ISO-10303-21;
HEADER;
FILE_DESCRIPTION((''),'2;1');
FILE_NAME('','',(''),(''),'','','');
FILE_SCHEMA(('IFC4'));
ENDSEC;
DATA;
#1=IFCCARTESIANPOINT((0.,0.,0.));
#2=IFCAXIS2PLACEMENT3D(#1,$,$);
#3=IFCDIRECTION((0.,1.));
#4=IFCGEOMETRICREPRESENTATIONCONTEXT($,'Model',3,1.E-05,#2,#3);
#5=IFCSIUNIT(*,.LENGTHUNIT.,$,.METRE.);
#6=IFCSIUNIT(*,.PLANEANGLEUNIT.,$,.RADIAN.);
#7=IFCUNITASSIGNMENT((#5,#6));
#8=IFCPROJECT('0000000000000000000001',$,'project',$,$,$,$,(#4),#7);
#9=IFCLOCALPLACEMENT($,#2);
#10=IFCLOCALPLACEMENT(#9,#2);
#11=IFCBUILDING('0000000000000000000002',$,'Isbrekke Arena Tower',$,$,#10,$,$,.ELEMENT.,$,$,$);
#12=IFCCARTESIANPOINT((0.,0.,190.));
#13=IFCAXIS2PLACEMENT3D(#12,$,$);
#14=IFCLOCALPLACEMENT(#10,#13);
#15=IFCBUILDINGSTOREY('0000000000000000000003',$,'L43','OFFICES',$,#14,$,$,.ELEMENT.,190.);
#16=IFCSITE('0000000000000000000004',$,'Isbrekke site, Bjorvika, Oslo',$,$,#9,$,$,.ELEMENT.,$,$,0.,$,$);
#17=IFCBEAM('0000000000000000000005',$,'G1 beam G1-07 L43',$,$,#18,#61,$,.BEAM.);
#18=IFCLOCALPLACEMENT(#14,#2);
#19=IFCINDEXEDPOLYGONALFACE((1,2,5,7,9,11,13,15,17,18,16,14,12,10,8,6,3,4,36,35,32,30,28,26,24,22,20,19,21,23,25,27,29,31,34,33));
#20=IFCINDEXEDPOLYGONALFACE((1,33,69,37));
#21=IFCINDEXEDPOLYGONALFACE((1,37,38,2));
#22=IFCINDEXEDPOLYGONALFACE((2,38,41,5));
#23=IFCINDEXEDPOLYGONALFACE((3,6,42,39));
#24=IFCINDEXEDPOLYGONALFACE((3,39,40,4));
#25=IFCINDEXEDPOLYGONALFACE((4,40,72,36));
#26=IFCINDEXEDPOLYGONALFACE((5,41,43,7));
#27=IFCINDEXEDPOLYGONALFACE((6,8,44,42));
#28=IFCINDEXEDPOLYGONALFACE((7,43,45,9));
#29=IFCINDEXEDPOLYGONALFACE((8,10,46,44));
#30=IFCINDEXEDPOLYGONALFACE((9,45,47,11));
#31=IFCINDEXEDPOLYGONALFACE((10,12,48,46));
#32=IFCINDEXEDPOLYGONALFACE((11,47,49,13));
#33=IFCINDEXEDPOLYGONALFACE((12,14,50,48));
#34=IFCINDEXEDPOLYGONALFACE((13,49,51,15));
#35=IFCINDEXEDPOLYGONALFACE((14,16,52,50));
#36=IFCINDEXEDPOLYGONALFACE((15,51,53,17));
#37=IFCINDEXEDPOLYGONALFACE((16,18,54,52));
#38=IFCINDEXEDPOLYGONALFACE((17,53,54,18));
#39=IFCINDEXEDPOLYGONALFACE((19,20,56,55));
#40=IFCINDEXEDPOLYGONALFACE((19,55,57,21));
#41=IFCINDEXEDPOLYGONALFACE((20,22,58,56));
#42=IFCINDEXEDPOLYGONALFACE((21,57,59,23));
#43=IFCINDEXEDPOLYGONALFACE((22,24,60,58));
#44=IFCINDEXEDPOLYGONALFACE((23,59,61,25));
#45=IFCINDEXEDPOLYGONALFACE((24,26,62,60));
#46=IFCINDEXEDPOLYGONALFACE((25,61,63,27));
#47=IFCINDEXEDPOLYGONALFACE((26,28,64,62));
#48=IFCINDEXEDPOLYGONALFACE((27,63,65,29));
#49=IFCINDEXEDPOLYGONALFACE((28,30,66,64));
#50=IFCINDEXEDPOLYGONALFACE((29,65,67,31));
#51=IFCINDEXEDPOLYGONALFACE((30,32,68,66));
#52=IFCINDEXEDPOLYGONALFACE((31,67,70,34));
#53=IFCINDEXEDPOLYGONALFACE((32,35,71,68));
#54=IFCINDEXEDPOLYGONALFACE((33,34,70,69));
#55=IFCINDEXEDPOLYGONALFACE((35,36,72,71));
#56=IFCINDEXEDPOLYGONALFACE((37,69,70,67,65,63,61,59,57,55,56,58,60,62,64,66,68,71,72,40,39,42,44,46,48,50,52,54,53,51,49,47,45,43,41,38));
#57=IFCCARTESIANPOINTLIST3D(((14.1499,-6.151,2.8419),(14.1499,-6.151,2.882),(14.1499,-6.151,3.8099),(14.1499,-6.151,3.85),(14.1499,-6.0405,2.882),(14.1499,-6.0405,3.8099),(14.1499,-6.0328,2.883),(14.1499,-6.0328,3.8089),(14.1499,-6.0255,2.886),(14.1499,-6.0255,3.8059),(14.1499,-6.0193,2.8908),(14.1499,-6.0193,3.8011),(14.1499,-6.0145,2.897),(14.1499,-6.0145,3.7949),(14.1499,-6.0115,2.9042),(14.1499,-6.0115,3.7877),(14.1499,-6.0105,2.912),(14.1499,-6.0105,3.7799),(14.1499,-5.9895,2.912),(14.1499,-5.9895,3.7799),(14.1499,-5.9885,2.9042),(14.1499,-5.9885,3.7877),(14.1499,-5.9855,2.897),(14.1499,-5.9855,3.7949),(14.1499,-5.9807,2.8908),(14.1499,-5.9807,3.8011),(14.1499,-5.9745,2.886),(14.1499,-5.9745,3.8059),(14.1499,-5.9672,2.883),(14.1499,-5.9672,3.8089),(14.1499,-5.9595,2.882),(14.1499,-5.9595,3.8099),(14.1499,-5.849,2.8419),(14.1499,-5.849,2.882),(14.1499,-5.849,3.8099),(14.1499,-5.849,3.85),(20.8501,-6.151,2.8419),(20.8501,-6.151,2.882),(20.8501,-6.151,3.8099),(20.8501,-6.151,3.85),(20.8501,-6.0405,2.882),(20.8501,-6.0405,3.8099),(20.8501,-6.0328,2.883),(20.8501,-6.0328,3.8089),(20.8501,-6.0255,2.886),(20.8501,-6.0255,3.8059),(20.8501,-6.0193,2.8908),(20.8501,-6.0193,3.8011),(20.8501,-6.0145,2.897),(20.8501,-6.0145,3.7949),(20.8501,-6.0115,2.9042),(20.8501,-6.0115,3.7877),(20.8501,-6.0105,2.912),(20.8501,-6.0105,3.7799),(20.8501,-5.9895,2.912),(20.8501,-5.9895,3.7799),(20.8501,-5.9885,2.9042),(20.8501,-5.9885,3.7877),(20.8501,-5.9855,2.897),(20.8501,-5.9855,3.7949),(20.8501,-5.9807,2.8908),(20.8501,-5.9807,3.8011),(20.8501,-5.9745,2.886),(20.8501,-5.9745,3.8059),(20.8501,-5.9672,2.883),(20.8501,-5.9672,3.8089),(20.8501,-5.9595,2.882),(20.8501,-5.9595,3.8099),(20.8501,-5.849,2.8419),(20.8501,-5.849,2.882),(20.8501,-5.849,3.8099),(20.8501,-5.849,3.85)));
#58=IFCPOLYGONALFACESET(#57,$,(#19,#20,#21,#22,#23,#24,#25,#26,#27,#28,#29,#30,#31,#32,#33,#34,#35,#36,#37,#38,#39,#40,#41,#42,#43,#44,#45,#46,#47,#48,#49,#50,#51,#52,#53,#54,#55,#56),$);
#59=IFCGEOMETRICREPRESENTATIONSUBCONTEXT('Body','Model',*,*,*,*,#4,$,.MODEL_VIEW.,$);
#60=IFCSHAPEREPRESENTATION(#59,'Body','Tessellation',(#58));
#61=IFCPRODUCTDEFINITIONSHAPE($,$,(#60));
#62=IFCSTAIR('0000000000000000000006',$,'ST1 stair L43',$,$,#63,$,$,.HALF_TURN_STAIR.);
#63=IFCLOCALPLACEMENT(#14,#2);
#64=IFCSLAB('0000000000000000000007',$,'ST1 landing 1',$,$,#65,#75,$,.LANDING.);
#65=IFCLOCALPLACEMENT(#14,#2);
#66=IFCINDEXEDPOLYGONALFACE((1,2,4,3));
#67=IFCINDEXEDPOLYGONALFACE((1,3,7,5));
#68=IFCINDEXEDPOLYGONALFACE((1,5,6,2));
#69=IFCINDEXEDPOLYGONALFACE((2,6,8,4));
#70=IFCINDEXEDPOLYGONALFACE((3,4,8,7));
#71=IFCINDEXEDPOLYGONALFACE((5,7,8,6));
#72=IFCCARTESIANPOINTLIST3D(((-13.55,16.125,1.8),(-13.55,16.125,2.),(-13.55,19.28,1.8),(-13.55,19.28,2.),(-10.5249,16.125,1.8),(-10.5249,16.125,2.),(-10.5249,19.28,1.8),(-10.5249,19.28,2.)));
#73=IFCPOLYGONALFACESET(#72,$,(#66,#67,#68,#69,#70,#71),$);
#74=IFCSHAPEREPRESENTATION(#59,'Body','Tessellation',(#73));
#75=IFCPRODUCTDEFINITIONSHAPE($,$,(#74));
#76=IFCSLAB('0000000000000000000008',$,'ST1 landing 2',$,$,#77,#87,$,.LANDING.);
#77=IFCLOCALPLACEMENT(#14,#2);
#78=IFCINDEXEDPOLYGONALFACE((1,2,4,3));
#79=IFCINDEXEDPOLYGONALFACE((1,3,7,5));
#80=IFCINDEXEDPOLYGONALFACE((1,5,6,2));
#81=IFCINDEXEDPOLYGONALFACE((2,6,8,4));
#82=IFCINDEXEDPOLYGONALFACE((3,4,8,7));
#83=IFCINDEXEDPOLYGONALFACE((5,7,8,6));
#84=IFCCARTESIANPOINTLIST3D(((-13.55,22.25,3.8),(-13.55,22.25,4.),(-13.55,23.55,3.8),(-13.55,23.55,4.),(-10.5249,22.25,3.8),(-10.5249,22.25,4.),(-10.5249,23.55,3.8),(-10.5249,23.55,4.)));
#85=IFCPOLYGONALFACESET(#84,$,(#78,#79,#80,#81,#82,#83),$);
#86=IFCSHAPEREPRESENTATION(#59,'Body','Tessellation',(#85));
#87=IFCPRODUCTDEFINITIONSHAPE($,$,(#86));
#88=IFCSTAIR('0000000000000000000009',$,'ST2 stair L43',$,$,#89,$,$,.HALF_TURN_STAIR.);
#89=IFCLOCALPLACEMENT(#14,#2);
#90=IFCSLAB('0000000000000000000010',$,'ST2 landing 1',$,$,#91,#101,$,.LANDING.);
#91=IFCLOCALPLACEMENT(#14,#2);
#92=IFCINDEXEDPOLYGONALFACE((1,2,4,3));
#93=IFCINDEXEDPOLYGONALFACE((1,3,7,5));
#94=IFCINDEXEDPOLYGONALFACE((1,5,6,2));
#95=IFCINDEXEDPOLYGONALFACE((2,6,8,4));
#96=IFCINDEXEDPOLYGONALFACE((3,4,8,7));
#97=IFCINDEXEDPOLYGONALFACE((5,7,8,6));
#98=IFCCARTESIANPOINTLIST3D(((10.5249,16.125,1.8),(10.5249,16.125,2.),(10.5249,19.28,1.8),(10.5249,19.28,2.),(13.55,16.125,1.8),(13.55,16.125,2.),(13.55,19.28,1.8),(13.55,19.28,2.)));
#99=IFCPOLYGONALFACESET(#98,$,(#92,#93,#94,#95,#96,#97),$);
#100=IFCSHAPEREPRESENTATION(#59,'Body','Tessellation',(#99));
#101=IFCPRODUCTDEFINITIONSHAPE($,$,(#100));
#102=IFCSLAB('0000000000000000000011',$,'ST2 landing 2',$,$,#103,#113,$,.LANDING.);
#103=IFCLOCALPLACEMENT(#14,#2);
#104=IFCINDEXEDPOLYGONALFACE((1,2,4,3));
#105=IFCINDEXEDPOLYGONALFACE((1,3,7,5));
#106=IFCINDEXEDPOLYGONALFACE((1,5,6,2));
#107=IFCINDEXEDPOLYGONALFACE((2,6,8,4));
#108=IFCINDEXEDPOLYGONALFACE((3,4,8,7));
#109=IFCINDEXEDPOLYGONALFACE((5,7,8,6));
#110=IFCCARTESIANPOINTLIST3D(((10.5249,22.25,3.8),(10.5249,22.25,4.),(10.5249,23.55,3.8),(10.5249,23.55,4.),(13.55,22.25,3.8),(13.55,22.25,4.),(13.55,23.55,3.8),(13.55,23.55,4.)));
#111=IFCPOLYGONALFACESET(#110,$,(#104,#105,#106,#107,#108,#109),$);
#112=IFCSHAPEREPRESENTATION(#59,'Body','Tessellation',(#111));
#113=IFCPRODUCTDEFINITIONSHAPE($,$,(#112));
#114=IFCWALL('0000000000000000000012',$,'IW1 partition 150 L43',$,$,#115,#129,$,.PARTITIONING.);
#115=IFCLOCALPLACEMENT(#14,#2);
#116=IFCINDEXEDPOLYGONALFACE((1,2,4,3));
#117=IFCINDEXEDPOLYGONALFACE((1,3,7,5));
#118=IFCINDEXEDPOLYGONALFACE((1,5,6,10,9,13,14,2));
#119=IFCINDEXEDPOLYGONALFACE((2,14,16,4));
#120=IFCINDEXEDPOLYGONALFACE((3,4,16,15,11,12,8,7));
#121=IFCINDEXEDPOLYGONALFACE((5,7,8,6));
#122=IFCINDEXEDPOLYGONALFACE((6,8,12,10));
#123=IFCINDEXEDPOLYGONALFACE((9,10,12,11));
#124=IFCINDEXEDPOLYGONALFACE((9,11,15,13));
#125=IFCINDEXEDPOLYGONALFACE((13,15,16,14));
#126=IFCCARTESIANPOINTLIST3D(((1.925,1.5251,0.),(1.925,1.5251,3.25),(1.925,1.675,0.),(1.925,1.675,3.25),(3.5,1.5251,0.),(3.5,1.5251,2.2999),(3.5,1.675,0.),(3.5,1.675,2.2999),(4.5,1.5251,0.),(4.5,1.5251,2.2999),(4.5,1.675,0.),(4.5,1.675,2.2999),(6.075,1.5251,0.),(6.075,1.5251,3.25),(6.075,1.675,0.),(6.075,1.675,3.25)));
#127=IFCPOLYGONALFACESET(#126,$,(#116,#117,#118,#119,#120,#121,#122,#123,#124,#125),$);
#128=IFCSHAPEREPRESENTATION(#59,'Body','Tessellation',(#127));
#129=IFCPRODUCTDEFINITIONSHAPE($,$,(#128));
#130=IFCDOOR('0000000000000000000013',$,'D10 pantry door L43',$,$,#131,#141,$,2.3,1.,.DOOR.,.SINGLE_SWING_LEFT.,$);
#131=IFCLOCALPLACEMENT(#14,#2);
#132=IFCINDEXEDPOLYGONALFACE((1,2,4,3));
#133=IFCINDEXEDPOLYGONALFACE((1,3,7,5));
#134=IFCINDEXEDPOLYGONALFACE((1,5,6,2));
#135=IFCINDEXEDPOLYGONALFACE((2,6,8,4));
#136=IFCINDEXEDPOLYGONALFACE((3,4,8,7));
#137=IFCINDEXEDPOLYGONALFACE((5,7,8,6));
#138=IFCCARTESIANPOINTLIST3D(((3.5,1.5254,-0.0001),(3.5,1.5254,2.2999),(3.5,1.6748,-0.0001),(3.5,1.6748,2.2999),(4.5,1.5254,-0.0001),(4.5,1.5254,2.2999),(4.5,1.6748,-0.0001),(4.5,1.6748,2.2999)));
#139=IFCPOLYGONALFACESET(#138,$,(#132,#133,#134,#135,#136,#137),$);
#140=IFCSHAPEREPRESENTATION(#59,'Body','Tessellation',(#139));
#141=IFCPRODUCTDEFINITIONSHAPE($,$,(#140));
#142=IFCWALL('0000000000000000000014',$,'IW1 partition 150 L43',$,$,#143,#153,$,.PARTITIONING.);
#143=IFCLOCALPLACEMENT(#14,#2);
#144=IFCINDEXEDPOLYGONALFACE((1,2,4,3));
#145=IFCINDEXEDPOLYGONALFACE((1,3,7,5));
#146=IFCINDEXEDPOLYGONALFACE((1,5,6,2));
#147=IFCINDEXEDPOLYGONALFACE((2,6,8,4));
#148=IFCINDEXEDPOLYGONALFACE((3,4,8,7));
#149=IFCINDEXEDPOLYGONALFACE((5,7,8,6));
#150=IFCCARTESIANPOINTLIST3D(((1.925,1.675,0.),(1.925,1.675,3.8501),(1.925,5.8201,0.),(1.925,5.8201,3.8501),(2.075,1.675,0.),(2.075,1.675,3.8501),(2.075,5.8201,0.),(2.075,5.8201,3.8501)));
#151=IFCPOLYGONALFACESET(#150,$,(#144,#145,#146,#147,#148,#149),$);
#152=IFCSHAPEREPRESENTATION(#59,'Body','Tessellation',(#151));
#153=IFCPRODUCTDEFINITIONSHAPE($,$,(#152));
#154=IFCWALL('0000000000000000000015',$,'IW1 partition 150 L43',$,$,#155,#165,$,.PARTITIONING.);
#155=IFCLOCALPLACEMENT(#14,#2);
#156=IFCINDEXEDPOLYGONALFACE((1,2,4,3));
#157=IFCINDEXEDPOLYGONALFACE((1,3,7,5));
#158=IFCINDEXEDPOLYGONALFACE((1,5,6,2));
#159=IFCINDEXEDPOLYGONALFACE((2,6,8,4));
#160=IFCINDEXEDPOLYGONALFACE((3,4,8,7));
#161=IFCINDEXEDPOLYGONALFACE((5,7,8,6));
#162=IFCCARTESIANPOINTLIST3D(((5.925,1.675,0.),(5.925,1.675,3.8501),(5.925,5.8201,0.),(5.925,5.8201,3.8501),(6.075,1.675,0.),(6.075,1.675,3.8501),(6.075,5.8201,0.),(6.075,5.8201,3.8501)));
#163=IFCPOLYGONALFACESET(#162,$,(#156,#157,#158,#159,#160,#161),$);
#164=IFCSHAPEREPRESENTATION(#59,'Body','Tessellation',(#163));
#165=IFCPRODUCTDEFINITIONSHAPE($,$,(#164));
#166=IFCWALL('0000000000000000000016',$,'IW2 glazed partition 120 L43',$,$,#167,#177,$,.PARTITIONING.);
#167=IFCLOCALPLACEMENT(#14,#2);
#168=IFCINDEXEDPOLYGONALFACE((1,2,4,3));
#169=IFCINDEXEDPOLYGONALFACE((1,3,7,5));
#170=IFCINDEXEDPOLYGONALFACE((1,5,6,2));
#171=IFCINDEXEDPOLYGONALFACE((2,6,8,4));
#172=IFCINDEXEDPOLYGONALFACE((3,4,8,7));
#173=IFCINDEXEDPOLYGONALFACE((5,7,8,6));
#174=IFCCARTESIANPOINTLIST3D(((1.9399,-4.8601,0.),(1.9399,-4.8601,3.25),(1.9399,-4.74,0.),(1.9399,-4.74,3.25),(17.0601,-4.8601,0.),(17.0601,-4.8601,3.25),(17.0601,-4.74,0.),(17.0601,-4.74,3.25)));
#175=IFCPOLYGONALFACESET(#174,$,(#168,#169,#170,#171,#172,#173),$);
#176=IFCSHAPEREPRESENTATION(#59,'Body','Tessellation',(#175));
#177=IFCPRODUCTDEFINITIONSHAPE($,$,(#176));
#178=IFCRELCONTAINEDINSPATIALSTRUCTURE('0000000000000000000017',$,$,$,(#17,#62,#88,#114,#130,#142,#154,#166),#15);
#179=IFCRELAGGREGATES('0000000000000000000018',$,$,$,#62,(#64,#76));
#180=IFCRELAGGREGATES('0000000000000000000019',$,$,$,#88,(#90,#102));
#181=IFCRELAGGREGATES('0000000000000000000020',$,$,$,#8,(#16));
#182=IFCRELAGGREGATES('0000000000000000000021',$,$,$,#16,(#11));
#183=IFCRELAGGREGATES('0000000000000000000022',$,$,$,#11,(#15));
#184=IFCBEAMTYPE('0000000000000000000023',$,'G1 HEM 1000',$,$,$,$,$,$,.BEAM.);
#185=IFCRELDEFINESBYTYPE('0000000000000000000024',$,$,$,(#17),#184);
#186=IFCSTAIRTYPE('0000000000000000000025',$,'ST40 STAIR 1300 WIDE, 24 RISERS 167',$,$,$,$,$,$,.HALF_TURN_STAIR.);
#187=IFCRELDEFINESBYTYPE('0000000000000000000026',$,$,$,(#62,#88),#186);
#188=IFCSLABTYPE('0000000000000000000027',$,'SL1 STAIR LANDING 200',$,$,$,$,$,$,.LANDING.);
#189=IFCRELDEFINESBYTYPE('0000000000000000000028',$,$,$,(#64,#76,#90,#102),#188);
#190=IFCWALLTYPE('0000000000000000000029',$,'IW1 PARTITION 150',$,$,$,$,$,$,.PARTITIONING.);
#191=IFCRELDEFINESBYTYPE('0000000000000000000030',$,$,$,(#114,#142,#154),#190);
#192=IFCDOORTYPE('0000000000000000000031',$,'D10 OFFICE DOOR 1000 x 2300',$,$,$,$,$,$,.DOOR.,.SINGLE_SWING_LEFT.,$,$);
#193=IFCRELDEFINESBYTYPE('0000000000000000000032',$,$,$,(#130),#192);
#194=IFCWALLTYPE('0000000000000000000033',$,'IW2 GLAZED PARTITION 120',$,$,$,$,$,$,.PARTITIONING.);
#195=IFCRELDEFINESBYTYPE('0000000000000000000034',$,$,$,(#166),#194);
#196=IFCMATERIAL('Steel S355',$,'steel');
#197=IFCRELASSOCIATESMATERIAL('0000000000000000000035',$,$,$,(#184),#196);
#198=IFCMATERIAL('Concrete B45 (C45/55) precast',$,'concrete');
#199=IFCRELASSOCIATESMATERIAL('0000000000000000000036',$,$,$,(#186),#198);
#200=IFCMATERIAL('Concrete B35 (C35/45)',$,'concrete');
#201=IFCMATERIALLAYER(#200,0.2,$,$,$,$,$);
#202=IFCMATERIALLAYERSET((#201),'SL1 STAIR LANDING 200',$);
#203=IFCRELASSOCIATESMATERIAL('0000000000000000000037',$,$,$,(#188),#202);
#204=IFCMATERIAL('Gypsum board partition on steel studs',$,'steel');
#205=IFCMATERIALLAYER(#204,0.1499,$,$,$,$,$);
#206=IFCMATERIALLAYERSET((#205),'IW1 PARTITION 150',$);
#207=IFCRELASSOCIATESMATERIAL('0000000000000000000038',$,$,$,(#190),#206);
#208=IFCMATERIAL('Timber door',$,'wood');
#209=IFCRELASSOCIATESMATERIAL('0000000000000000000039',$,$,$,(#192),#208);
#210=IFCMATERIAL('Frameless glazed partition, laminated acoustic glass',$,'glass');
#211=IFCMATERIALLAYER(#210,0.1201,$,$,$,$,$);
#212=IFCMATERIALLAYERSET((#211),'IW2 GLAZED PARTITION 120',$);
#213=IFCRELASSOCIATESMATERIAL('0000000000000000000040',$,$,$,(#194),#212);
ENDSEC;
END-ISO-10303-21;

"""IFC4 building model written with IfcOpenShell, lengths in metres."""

from ifc_helpers import new_model, si_unit, direction, frame, frame_2d, origin, origin_2d, place, context, subcontext, project, spatial, polyline, rectangle, i_section, outline, extrude, material, layer, layer_set, material_profile, profile_set, type_object, element, fill, aggregate, save


model = new_model("IFC4")

# Units and contexts
model_context = context("Model", 3, precision=1e-05, world=origin(), true_north=direction((0.0, 1.0)))
body_context = subcontext(model_context, "Body", "Model", "MODEL_VIEW")
ifc_project = project(units=[si_unit("LENGTHUNIT", "METRE"), si_unit("PLANEANGLEUNIT", "RADIAN")], contexts=[model_context])

# Site, building, storey
site_placement = place(None, origin())
site = spatial("IfcSite", under=ifc_project, at=site_placement, Name="Isbrekke site, Bjorvika, Oslo", CompositionType="ELEMENT", RefElevation=0.0)
building_placement = place(site_placement, origin())
building = spatial("IfcBuilding", under=site, at=building_placement, Name="Isbrekke Arena Tower", CompositionType="ELEMENT")
storey_placement = place(building_placement, frame((0.0, 0.0, 190.0)))
storey = spatial("IfcBuildingStorey", under=building, at=storey_placement, Name="L43", Description="OFFICES", CompositionType="ELEMENT", Elevation=190.0)

# Beam
ifc_material_1 = material(Name="Steel S355", Category="steel")
ifc_material_profile_1 = material_profile(ifc_material_1, i_section(OverallWidth=0.302, OverallDepth=1.0081, WebThickness=0.021, FlangeThickness=0.04, FilletRadius=0.03, at=origin_2d()), Name="HEM 1000")
ifc_profile_set_1 = profile_set([ifc_material_profile_1], Name="Steel S355")
beam_type_1 = type_object("IfcBeamType", Name="G1 HEM 1000", PredefinedType="BEAM", material=ifc_profile_set_1)
for number, where, z_axis, x_axis, name in (
    (1, (14.1499, -6.0, 3.3459), (1.0, 0.0, 0.0), (0.0, 1.0, 0.0), "G1 beam G1-07 L43"),
):
    element("IfcBeam", number, at=place(storey_placement, frame(where, z_axis=z_axis, x_axis=x_axis)), inside=storey, type_object=beam_type_1, Name=name, PredefinedType="BEAM", context=body_context, shape_type="SweptSolid", body=[
        extrude(i_section(OverallWidth=0.302, OverallDepth=1.0081, WebThickness=0.021, FlangeThickness=0.04, FilletRadius=0.03, at=origin_2d()), origin(), (0.0, 0.0, 1.0), 6.7002),
    ])

# Stairs, slabs
ifc_material_2 = material(Name="Concrete B45 (C45/55) precast", Category="concrete")
stair_type = type_object("IfcStairType", Name="ST40 STAIR 1300 WIDE, 24 RISERS 167", PredefinedType="HALF_TURN_STAIR", material=ifc_material_2)
stair_1_placement = place(storey_placement, origin())
stair_1 = element("IfcStair", 2, at=stair_1_placement, inside=storey, type_object=stair_type, Name="ST1 stair L43", PredefinedType="HALF_TURN_STAIR")
ifc_material_3 = material(Name="Concrete B35 (C35/45)", Category="concrete")
ifc_layer_1 = layer(ifc_material_3, 0.2)
ifc_layer_set_1 = layer_set([ifc_layer_1], Name="SL1 STAIR LANDING 200")
slab_type = type_object("IfcSlabType", Name="SL1 STAIR LANDING 200", PredefinedType="LANDING", material=ifc_layer_set_1)
slab_1_placement = place(storey_placement, frame((0.0, 0.0, 1.8)))
slab_1 = element("IfcSlab", 3, at=slab_1_placement, type_object=slab_type, Name="ST1 landing 1", PredefinedType="LANDING", context=body_context, shape_type="SweptSolid", body=[
    extrude(outline(polyline([(-13.55, 16.125), (-10.5249, 16.125), (-10.5249, 19.28), (-13.55, 19.28), (-13.55, 16.125)])), origin(), (0.0, 0.0, 1.0), 0.2),
])
slab_2_placement = place(storey_placement, frame((0.0, 0.0, 3.8)))
slab_2 = element("IfcSlab", 4, at=slab_2_placement, type_object=slab_type, Name="ST1 landing 2", PredefinedType="LANDING", context=body_context, shape_type="SweptSolid", body=[
    extrude(outline(polyline([(-13.55, 22.25), (-10.5249, 22.25), (-10.5249, 23.55), (-13.55, 23.55), (-13.55, 22.25)])), origin(), (0.0, 0.0, 1.0), 0.2),
])
aggregate(stair_1, [slab_1, slab_2])
stair_2_placement = place(storey_placement, origin())
stair_2 = element("IfcStair", 5, at=stair_2_placement, inside=storey, type_object=stair_type, Name="ST2 stair L43", PredefinedType="HALF_TURN_STAIR")
slab_3_placement = place(storey_placement, frame((0.0, 0.0, 1.8)))
slab_3 = element("IfcSlab", 6, at=slab_3_placement, type_object=slab_type, Name="ST2 landing 1", PredefinedType="LANDING", context=body_context, shape_type="SweptSolid", body=[
    extrude(outline(polyline([(10.5249, 16.125), (13.55, 16.125), (13.55, 19.28), (10.5249, 19.28), (10.5249, 16.125)])), origin(), (0.0, 0.0, 1.0), 0.2),
])
slab_4_placement = place(storey_placement, frame((0.0, 0.0, 3.8)))
slab_4 = element("IfcSlab", 7, at=slab_4_placement, type_object=slab_type, Name="ST2 landing 2", PredefinedType="LANDING", context=body_context, shape_type="SweptSolid", body=[
    extrude(outline(polyline([(10.5249, 22.25), (13.55, 22.25), (13.55, 23.55), (10.5249, 23.55), (10.5249, 22.25)])), origin(), (0.0, 0.0, 1.0), 0.2),
])
aggregate(stair_2, [slab_3, slab_4])

# Wall, opening, door
ifc_material_4 = material(Name="Gypsum board partition on steel studs", Category="steel")
ifc_layer_2 = layer(ifc_material_4, 0.1499)
ifc_layer_set_2 = layer_set([ifc_layer_2], Name="IW1 PARTITION 150")
wall_type_1 = type_object("IfcWallType", Name="IW1 PARTITION 150", PredefinedType="PARTITIONING", material=ifc_layer_set_2)
wall_1_placement = place(storey_placement, frame((1.925, 1.6001, 0.0), z_axis=(0.0, 0.0, 1.0), x_axis=(1.0, 0.0, 0.0)))
wall_1 = element("IfcWall", 8, at=wall_1_placement, inside=storey, type_object=wall_type_1, Name="IW1 partition 150 L43", PredefinedType="PARTITIONING", context=body_context, shape_type="SweptSolid", body=[
    extrude(rectangle(XDim=4.1499, YDim=0.1499, at=frame_2d((2.075, 0.0))), origin(), (0.0, 0.0, 1.0), 3.25),
])
opening_1_placement = place(wall_1_placement, frame((1.575, 0.0, 0.0)))
opening_1 = element("IfcOpeningElement", 9, at=opening_1_placement, cuts=wall_1, PredefinedType="OPENING", context=body_context, shape_type="SweptSolid", body=[
    extrude(rectangle(XDim=1.0, YDim=2.3, at=frame_2d((0.5, 1.1499))), frame((0.0, 0.0898, 0.0), z_axis=(0.0, -1.0, 0.0), x_axis=(1.0, 0.0, 0.0)), (0.0, 0.0, 1.0), 0.1797),
])
ifc_material_5 = material(Name="Timber door", Category="wood")
door_type_1 = type_object("IfcDoorType", Name="D10 OFFICE DOOR 1000 x 2300", OperationType="SINGLE_SWING_LEFT", PredefinedType="DOOR", material=ifc_material_5)
door_1_placement = place(opening_1_placement, origin())
door_1 = element("IfcDoor", 10, at=door_1_placement, inside=storey, type_object=door_type_1, Name="D10 pantry door L43", OperationType="SINGLE_SWING_LEFT", OverallHeight=2.3, OverallWidth=1.0, PredefinedType="DOOR", context=body_context, shape_type="SweptSolid", body=[
    extrude(rectangle(XDim=1.0, YDim=2.3, at=frame_2d((0.5, 1.1499))), frame((0.0, 0.0747, 0.0), z_axis=(0.0, -1.0, 0.0), x_axis=(1.0, 0.0, 0.0)), (0.0, 0.0, 1.0), 0.1494),
])
fill(opening_1, door_1)

# Walls
for number, where, z_axis, x_axis, name in (
    (11, (2.0, 1.675, 0.0), (0.0, 0.0, 1.0), (0.0, 1.0, 0.0), "IW1 partition 150 L43"),
    (12, (6.0, 1.675, 0.0), (0.0, 0.0, 1.0), (0.0, 1.0, 0.0), "IW1 partition 150 L43"),
):
    element("IfcWall", number, at=place(storey_placement, frame(where, z_axis=z_axis, x_axis=x_axis)), inside=storey, type_object=wall_type_1, Name=name, PredefinedType="PARTITIONING", context=body_context, shape_type="SweptSolid", body=[
        extrude(rectangle(XDim=4.145, YDim=0.1499, at=frame_2d((2.0725, 0.0))), origin(), (0.0, 0.0, 1.0), 3.8501),
    ])
ifc_material_6 = material(Name="Frameless glazed partition, laminated acoustic glass", Category="glass")
ifc_layer_3 = layer(ifc_material_6, 0.1201)
ifc_layer_set_3 = layer_set([ifc_layer_3], Name="IW2 GLAZED PARTITION 120")
wall_type_2 = type_object("IfcWallType", Name="IW2 GLAZED PARTITION 120", PredefinedType="PARTITIONING", material=ifc_layer_set_3)
wall_2_placement = place(storey_placement, frame((1.9399, -4.8, 0.0), z_axis=(0.0, 0.0, 1.0), x_axis=(1.0, 0.0, 0.0)))
element("IfcWall", 13, at=wall_2_placement, inside=storey, type_object=wall_type_2, Name="IW2 glazed partition 120 L43", PredefinedType="PARTITIONING", context=body_context, shape_type="SweptSolid", body=[
    extrude(rectangle(XDim=15.1201, YDim=0.1201, at=frame_2d((7.5601, 0.0))), origin(), (0.0, 0.0, 1.0), 3.25),
])

save(model, "model.ifc")
